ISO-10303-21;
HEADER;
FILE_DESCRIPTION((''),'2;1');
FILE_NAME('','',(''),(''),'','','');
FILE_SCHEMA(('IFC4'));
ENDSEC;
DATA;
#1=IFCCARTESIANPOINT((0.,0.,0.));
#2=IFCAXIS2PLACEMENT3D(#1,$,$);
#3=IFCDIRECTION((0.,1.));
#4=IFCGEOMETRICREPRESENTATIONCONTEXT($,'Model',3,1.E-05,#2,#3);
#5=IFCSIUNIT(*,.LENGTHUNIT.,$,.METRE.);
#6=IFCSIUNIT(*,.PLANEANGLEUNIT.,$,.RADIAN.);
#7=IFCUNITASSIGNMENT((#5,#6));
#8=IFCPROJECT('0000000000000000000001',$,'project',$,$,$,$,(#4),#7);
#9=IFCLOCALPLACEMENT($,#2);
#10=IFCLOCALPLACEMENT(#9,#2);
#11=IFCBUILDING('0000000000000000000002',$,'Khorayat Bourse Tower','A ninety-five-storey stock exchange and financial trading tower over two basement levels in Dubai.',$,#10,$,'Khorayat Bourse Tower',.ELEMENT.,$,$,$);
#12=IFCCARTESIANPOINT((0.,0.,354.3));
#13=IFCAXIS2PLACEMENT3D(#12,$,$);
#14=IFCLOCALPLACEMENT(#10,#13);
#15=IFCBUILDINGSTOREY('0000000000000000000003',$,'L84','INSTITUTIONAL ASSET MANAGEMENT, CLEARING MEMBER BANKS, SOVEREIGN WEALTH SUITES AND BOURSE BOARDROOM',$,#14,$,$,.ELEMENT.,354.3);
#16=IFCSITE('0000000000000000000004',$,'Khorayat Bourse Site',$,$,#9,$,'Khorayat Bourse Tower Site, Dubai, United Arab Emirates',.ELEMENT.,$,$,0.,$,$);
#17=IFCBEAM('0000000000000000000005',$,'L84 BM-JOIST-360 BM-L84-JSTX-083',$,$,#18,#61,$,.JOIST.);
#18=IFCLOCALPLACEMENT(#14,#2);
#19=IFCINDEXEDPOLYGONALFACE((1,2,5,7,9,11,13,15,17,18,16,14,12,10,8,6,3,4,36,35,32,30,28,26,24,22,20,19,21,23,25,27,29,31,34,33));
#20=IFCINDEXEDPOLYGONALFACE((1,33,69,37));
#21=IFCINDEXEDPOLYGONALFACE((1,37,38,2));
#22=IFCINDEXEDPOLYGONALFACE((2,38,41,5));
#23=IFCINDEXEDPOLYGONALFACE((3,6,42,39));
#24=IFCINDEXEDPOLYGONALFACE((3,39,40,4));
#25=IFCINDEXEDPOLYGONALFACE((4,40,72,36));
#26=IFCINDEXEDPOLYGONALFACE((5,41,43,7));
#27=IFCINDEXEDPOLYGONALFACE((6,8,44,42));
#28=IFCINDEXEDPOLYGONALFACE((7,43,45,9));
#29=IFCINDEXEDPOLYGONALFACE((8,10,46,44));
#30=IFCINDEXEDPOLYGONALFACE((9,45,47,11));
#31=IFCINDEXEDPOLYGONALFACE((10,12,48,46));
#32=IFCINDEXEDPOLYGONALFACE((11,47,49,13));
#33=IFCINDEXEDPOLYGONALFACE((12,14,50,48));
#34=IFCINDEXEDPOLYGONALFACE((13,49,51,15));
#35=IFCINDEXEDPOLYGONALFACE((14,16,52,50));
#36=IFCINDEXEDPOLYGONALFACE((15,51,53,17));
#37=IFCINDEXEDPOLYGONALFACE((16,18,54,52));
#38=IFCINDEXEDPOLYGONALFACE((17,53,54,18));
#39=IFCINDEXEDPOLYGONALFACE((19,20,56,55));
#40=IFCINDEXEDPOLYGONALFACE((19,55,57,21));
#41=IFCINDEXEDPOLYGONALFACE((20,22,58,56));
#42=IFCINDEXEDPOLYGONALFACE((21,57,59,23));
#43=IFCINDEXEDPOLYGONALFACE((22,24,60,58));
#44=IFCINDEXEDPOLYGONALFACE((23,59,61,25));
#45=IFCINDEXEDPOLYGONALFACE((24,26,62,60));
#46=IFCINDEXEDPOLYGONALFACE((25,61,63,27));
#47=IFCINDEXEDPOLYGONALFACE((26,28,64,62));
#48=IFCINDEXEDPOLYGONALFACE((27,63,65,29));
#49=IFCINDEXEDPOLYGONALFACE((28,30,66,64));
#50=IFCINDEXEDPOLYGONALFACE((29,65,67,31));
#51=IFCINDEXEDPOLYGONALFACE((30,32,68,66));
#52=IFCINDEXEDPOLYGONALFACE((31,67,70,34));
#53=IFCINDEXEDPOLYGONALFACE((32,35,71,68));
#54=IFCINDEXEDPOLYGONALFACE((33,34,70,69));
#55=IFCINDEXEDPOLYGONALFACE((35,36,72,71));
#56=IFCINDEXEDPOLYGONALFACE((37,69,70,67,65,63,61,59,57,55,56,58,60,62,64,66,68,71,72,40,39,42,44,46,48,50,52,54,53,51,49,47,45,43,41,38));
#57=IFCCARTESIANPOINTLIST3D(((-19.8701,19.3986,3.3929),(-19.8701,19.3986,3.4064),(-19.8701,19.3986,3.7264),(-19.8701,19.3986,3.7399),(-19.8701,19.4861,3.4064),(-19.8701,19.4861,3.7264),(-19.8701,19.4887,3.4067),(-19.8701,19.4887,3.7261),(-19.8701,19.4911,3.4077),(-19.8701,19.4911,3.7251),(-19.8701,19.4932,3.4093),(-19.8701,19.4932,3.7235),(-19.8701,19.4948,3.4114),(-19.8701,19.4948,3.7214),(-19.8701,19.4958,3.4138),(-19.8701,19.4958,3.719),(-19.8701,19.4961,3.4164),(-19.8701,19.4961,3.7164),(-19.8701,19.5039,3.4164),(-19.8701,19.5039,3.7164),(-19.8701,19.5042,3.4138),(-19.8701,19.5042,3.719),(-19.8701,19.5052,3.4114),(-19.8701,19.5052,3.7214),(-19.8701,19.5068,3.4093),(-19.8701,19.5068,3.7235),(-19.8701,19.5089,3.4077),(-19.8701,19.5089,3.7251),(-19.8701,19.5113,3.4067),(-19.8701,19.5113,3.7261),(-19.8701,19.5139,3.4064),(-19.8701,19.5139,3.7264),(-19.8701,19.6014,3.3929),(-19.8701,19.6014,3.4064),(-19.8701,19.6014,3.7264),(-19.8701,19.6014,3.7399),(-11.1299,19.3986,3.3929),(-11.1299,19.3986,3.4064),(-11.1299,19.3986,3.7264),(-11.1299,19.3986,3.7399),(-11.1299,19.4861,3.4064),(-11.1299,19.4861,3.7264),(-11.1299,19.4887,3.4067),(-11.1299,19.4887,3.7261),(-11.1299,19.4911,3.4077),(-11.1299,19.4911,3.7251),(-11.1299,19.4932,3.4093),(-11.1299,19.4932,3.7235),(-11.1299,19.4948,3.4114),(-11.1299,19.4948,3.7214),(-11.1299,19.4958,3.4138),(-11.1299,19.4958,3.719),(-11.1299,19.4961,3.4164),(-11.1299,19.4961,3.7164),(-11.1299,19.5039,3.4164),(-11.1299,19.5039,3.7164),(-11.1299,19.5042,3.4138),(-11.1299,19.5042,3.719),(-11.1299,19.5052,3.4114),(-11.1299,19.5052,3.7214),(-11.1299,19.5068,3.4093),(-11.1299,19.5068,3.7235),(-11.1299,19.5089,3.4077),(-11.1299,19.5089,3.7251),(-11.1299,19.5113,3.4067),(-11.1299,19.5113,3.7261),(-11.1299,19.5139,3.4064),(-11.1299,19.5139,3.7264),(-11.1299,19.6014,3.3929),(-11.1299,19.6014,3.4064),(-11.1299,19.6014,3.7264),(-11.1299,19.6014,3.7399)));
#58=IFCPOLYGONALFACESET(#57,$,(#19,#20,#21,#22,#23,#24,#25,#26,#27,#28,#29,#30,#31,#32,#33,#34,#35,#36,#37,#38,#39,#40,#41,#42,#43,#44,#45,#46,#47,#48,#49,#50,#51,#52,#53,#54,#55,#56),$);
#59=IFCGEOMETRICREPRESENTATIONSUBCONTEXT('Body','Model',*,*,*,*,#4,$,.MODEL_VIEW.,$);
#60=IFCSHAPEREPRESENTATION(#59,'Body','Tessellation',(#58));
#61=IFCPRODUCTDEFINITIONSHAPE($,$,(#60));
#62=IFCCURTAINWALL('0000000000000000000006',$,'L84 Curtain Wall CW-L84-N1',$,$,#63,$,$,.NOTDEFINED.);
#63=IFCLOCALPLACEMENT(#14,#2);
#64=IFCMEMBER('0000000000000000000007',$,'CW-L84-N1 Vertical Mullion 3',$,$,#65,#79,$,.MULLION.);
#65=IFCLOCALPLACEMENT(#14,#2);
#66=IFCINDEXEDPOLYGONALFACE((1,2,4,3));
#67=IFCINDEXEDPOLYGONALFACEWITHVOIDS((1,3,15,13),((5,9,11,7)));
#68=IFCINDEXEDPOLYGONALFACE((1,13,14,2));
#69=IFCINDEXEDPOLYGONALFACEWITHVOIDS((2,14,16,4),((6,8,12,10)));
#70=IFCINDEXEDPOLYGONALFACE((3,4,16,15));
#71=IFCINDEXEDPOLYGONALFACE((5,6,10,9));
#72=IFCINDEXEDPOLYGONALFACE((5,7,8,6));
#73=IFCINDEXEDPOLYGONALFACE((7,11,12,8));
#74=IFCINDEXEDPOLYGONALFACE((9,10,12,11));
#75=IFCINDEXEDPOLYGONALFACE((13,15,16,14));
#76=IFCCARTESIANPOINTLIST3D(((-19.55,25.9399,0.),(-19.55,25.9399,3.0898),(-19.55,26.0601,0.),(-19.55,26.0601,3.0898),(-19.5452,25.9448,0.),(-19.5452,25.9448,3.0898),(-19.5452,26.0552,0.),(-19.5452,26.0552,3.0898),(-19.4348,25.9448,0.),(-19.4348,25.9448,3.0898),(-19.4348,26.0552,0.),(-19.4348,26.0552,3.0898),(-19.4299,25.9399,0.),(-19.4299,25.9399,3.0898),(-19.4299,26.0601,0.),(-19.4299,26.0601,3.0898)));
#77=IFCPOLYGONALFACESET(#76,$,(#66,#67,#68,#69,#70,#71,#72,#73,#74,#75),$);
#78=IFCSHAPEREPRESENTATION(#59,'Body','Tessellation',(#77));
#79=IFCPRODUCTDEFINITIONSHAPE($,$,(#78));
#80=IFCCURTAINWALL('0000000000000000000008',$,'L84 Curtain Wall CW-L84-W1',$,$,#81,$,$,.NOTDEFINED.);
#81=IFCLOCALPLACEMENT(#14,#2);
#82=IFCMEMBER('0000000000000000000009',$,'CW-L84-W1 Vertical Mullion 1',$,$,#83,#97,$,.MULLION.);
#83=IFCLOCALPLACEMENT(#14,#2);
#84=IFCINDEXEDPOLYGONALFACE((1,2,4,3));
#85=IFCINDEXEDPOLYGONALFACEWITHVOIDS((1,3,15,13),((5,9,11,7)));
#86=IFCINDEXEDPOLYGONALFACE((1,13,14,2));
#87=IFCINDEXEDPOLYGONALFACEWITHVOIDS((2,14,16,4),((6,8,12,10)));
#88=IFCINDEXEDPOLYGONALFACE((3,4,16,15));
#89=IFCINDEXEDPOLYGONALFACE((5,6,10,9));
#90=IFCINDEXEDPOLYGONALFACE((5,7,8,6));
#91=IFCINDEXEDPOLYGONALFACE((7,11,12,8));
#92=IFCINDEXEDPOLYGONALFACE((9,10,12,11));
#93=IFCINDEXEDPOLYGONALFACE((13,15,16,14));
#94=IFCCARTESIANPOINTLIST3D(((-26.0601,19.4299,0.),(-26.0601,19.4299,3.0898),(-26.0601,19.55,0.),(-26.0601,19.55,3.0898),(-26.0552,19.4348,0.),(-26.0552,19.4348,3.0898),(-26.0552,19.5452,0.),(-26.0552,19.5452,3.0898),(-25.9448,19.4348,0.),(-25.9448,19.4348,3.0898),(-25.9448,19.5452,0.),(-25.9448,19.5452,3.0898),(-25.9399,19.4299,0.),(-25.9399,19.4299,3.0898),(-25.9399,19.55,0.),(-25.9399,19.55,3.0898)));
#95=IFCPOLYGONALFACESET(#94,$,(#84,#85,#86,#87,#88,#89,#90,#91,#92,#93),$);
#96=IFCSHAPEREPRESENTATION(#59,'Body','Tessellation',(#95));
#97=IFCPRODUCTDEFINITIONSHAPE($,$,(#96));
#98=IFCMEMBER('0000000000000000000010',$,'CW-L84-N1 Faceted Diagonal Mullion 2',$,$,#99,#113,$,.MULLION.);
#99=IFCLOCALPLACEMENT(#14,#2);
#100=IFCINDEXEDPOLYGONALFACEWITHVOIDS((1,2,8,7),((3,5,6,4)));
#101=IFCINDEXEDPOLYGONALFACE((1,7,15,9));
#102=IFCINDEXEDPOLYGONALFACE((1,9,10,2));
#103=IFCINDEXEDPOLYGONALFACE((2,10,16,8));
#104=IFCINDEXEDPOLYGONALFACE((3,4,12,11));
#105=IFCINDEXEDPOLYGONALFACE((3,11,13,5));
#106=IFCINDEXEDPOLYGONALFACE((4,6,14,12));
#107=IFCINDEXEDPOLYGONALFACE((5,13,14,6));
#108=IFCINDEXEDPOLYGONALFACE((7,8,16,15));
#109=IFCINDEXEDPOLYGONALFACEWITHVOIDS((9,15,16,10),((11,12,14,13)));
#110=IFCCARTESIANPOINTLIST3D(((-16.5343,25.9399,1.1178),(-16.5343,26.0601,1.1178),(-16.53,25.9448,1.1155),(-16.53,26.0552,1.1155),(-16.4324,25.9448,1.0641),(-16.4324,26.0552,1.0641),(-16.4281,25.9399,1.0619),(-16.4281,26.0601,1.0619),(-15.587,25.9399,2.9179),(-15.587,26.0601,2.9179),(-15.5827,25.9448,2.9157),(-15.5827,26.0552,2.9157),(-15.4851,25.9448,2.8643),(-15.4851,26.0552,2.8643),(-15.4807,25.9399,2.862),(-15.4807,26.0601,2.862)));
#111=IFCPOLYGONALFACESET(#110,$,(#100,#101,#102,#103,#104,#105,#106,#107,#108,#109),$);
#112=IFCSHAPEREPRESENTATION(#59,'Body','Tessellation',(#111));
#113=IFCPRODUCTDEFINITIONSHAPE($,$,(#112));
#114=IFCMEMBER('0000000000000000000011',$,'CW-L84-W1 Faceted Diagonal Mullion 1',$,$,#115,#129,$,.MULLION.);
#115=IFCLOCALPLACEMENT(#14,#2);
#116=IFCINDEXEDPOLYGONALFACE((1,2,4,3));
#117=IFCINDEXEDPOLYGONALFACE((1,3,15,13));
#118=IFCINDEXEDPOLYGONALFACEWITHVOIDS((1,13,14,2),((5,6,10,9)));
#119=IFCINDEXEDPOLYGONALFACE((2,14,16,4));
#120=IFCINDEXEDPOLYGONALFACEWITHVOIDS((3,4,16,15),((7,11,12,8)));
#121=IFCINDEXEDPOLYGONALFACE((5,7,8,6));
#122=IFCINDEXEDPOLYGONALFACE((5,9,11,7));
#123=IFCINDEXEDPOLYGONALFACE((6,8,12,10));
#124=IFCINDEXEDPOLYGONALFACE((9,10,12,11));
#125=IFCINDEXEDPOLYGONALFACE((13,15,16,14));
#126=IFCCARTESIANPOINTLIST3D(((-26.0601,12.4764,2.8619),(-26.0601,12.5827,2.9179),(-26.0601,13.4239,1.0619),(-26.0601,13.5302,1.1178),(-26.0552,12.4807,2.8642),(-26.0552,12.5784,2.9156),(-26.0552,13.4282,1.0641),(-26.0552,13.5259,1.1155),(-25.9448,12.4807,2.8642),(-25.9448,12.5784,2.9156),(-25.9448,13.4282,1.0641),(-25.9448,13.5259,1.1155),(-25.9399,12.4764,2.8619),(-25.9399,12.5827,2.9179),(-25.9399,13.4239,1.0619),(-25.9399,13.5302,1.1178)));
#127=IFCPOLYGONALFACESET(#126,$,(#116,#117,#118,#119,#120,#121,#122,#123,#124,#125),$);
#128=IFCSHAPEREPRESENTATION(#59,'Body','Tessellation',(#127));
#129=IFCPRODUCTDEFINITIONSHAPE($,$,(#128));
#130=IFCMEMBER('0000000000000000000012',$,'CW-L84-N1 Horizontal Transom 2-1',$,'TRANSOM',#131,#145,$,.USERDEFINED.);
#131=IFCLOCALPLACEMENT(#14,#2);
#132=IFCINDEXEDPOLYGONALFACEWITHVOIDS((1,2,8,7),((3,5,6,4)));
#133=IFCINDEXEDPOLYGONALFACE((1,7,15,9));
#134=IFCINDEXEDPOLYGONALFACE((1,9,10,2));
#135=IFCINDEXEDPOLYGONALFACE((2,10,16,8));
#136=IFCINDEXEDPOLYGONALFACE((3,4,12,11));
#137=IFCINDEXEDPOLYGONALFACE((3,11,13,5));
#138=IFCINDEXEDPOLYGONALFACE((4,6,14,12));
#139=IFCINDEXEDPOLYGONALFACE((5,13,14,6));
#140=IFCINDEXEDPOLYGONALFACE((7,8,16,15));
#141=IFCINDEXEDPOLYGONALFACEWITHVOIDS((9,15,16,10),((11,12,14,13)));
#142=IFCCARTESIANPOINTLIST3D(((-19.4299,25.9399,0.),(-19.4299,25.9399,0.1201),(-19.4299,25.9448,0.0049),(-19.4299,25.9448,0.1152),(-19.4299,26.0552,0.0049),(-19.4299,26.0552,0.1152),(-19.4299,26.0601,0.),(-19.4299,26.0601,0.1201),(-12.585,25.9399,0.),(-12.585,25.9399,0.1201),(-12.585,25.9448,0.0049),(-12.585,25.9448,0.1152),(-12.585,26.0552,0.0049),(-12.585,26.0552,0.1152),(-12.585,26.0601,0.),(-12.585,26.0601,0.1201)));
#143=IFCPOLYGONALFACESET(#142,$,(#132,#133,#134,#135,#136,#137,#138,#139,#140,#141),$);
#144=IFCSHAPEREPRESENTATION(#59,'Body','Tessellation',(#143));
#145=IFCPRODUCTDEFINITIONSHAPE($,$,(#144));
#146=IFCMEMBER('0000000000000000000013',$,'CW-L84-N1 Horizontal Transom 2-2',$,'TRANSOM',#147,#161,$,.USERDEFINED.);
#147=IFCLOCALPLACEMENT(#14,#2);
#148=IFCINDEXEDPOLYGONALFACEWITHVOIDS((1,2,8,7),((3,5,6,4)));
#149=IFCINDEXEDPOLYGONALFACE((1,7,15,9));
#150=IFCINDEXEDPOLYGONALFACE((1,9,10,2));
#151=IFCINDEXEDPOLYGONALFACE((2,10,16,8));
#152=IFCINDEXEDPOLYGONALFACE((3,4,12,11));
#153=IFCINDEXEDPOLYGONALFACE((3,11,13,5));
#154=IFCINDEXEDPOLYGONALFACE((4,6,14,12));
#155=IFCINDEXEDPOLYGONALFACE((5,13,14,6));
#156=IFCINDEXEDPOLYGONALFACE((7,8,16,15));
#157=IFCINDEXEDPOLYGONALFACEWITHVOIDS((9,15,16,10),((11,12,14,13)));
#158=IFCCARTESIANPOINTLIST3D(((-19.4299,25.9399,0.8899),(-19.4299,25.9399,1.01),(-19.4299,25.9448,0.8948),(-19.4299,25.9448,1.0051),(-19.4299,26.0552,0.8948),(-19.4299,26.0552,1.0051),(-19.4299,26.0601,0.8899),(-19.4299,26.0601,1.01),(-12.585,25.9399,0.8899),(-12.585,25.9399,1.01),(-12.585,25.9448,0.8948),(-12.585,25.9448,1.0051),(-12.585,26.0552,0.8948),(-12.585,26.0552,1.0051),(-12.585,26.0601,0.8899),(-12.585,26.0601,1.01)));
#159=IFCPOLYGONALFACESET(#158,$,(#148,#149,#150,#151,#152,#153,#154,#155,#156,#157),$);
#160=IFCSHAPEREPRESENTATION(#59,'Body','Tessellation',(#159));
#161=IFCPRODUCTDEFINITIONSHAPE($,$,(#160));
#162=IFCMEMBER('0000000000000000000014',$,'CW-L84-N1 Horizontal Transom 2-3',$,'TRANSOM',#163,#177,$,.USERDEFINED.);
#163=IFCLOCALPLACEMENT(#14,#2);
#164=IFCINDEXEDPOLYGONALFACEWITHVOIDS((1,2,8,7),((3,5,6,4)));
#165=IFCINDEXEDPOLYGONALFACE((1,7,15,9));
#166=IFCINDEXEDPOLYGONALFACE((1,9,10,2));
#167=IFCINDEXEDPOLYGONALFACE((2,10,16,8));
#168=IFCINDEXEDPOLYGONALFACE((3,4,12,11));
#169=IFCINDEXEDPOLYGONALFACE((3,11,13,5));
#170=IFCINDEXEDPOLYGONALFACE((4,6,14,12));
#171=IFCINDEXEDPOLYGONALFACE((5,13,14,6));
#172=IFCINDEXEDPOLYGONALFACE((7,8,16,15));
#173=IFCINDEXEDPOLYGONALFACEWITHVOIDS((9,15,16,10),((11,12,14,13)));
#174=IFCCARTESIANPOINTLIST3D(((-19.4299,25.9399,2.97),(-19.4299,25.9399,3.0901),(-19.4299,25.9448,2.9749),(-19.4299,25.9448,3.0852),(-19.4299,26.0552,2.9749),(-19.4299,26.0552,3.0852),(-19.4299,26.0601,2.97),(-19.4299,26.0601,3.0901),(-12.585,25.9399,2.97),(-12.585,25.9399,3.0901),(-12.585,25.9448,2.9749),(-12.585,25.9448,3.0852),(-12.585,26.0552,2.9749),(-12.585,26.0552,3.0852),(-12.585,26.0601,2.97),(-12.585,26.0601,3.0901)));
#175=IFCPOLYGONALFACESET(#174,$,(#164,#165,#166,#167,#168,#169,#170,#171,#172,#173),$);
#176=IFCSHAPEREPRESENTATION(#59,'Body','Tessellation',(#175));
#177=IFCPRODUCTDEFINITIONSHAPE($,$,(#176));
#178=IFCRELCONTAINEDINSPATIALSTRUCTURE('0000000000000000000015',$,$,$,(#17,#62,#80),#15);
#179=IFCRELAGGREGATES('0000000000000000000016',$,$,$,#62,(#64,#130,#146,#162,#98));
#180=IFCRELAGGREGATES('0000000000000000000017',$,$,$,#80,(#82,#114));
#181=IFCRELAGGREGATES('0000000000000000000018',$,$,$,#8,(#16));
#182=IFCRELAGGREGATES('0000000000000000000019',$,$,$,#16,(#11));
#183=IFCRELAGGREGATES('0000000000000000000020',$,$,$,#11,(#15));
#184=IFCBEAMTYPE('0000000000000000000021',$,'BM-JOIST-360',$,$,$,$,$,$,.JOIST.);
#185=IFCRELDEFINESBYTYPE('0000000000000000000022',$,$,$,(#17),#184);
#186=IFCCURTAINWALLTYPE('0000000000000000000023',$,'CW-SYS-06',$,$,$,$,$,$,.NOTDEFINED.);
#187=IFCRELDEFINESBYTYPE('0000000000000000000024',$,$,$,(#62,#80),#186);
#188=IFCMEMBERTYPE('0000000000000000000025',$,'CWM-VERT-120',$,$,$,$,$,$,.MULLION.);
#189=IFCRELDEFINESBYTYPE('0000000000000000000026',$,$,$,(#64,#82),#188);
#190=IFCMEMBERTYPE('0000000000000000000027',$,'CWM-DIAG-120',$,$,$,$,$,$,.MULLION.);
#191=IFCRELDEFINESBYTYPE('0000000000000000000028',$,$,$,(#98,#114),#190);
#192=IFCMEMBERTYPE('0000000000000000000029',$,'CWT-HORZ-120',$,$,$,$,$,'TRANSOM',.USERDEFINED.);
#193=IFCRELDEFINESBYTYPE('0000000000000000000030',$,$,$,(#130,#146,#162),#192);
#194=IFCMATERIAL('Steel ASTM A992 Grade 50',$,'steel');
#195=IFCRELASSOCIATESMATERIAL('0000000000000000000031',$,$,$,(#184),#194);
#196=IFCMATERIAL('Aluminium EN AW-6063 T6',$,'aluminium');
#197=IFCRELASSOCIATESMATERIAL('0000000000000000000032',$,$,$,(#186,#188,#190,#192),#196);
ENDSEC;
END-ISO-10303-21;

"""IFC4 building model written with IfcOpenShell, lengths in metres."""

from ifc_helpers import new_model, si_unit, direction, frame, origin, origin_2d, place, context, subcontext, project, spatial, hollow_rectangle, i_section, extrude, source, transform, mapped, material, material_profile, profile_set, type_object, element, aggregate, save


model = new_model("IFC4")

# Units and contexts
model_context = context("Model", 3, precision=1e-05, world=origin(), true_north=direction((0.0, 1.0)))
body_context = subcontext(model_context, "Body", "Model", "MODEL_VIEW")
ifc_project = project(units=[si_unit("LENGTHUNIT", "METRE"), si_unit("PLANEANGLEUNIT", "RADIAN")], contexts=[model_context])

# Site, building, storey
site_placement = place(None, origin())
site = spatial("IfcSite", under=ifc_project, at=site_placement, Name="Khorayat Bourse Site", LongName="Khorayat Bourse Tower Site, Dubai, United Arab Emirates", CompositionType="ELEMENT", RefElevation=0.0)
building_placement = place(site_placement, origin())
building = spatial("IfcBuilding", under=site, at=building_placement, Name="Khorayat Bourse Tower", Description="A ninety-five-storey stock exchange and financial trading tower over two basement levels in Dubai.", LongName="Khorayat Bourse Tower", CompositionType="ELEMENT")
storey_placement = place(building_placement, frame((0.0, 0.0, 354.3)))
storey = spatial("IfcBuildingStorey", under=building, at=storey_placement, Name="L84", Description="INSTITUTIONAL ASSET MANAGEMENT, CLEARING MEMBER BANKS, SOVEREIGN WEALTH SUITES AND BOURSE BOARDROOM", CompositionType="ELEMENT", Elevation=354.3)

# Beam
ifc_material_1 = material(Name="Steel ASTM A992 Grade 50", Category="steel")
ifc_material_profile_1 = material_profile(ifc_material_1, i_section(OverallWidth=0.2029, OverallDepth=0.3469, WebThickness=0.0078, FlangeThickness=0.0134, FilletRadius=0.01, at=origin_2d()), Name="W360X64")
ifc_profile_set_1 = profile_set([ifc_material_profile_1], Name="Steel ASTM A992 Grade 50")
beam_type_1 = type_object("IfcBeamType", Name="BM-JOIST-360", PredefinedType="JOIST", material=ifc_profile_set_1)
shared_shape_1 = source(origin(), body_context, "Body", "SweptSolid", [
    extrude(i_section(OverallWidth=0.2029, OverallDepth=0.3469, WebThickness=0.0078, FlangeThickness=0.0134, FilletRadius=0.01, at=origin_2d()), origin(), (0.0, 0.0, 1.0), 8.7402),
])
beam_1_placement = place(storey_placement, frame((-19.8701, 19.5, 3.5664), z_axis=(1.0, 0.0, 0.0), x_axis=(0.0, 1.0, 0.0)))
element("IfcBeam", 1, at=beam_1_placement, inside=storey, type_object=beam_type_1, Name="L84 BM-JOIST-360 BM-L84-JSTX-083", PredefinedType="JOIST", context=body_context, shape_type="MappedRepresentation", body=[
    mapped(shared_shape_1, transform((0.0, 0.0, 0.0), scale=1.0)),
])

# Curtain walls, members
ifc_material_2 = material(Name="Aluminium EN AW-6063 T6", Category="aluminium")
curtain_wall_type = type_object("IfcCurtainWallType", Name="CW-SYS-06", PredefinedType="NOTDEFINED", material=ifc_material_2)
curtain_wall_1_placement = place(storey_placement, origin())
curtain_wall_1 = element("IfcCurtainWall", 2, at=curtain_wall_1_placement, inside=storey, type_object=curtain_wall_type, Name="L84 Curtain Wall CW-L84-N1", PredefinedType="NOTDEFINED")
ifc_material_profile_2 = material_profile(ifc_material_2, hollow_rectangle(XDim=0.1201, YDim=0.1201, WallThickness=0.0049, at=origin_2d()), Name="ALU 120x120x5")
ifc_profile_set_2 = profile_set([ifc_material_profile_2], Name="Aluminium EN AW-6063 T6")
member_type_1 = type_object("IfcMemberType", Name="CWM-VERT-120", PredefinedType="MULLION", material=ifc_profile_set_2)
shared_shape_2 = source(origin(), body_context, "Body", "SweptSolid", [
    extrude(hollow_rectangle(XDim=0.1201, YDim=0.1201, WallThickness=0.0049, at=origin_2d()), origin(), (0.0, 0.0, 1.0), 3.0898),
])
member_1_placement = place(storey_placement, frame((-19.49, 26.0, 0.0), z_axis=(0.0, 0.0, 1.0), x_axis=(0.0, -1.0, 0.0)))
member_1 = element("IfcMember", 3, at=member_1_placement, type_object=member_type_1, Name="CW-L84-N1 Vertical Mullion 3", PredefinedType="MULLION", context=body_context, shape_type="MappedRepresentation", body=[
    mapped(shared_shape_2, transform((0.0, 0.0, 0.0), scale=1.0)),
])
curtain_wall_2_placement = place(storey_placement, origin())
curtain_wall_2 = element("IfcCurtainWall", 4, at=curtain_wall_2_placement, inside=storey, type_object=curtain_wall_type, Name="L84 Curtain Wall CW-L84-W1", PredefinedType="NOTDEFINED")
member_2_placement = place(storey_placement, frame((-26.0, 19.49, 0.0), z_axis=(0.0, 0.0, 1.0), x_axis=(1.0, 0.0, 0.0)))
member_2 = element("IfcMember", 5, at=member_2_placement, type_object=member_type_1, Name="CW-L84-W1 Vertical Mullion 1", PredefinedType="MULLION", context=body_context, shape_type="MappedRepresentation", body=[
    mapped(shared_shape_2, transform((0.0, 0.0, 0.0), scale=1.0)),
])

# Members
ifc_material_profile_3 = material_profile(ifc_material_2, hollow_rectangle(XDim=0.1201, YDim=0.1201, WallThickness=0.0049, at=origin_2d()), Name="ALU 120x120x5")
ifc_profile_set_3 = profile_set([ifc_material_profile_3], Name="Aluminium EN AW-6063 T6")
member_type_2 = type_object("IfcMemberType", Name="CWM-DIAG-120", PredefinedType="MULLION", material=ifc_profile_set_3)
shared_shape_3 = source(origin(), body_context, "Body", "SweptSolid", [
    extrude(hollow_rectangle(XDim=0.1201, YDim=0.1201, WallThickness=0.0049, at=origin_2d()), origin(), (0.0, 0.0, 1.0), 2.0342),
])
member_3_placement = place(storey_placement, frame((-16.4812, 26.0, 1.0898), z_axis=(0.465697, 0.0, 0.884944), x_axis=(0.0, 1.0, 0.0)))
member_3 = element("IfcMember", 6, at=member_3_placement, type_object=member_type_2, Name="CW-L84-N1 Faceted Diagonal Mullion 2", PredefinedType="MULLION", context=body_context, shape_type="MappedRepresentation", body=[
    mapped(shared_shape_3, transform((0.0, 0.0, 0.0), scale=1.0)),
])
member_4_placement = place(storey_placement, frame((-26.0, 13.4771, 1.0898), z_axis=(0.0, -0.465791, 0.884895), x_axis=(1.0, 0.0, 0.0)))
member_4 = element("IfcMember", 7, at=member_4_placement, type_object=member_type_2, Name="CW-L84-W1 Faceted Diagonal Mullion 1", PredefinedType="MULLION", context=body_context, shape_type="MappedRepresentation", body=[
    mapped(shared_shape_3, transform((0.0, 0.0, 0.0), scale=1.0)),
])
ifc_material_profile_4 = material_profile(ifc_material_2, hollow_rectangle(XDim=0.1201, YDim=0.1201, WallThickness=0.0049, at=origin_2d()), Name="ALU 120x120x5")
ifc_profile_set_4 = profile_set([ifc_material_profile_4], Name="Aluminium EN AW-6063 T6")
member_type_3 = type_object("IfcMemberType", Name="CWT-HORZ-120", ElementType="TRANSOM", PredefinedType="USERDEFINED", material=ifc_profile_set_4)
shared_shape_4 = source(origin(), body_context, "Body", "SweptSolid", [
    extrude(hollow_rectangle(XDim=0.1201, YDim=0.1201, WallThickness=0.0049, at=origin_2d()), origin(), (0.0, 0.0, 1.0), 6.845),
])
member_5_placement = place(storey_placement, frame((-12.585, 26.0, 0.0601), z_axis=(-1.0, 0.0, 0.0), x_axis=(0.0, -1.0, 0.0)))
member_5 = element("IfcMember", 8, at=member_5_placement, type_object=member_type_3, Name="CW-L84-N1 Horizontal Transom 2-1", ObjectType="TRANSOM", PredefinedType="USERDEFINED", context=body_context, shape_type="MappedRepresentation", body=[
    mapped(shared_shape_4, transform((0.0, 0.0, 0.0), scale=1.0)),
])
member_6_placement = place(storey_placement, frame((-12.585, 26.0, 0.95), z_axis=(-1.0, 0.0, 0.0), x_axis=(0.0, -1.0, 0.0)))
member_6 = element("IfcMember", 9, at=member_6_placement, type_object=member_type_3, Name="CW-L84-N1 Horizontal Transom 2-2", ObjectType="TRANSOM", PredefinedType="USERDEFINED", context=body_context, shape_type="MappedRepresentation", body=[
    mapped(shared_shape_4, transform((0.0, 0.0, 0.0), scale=1.0)),
])
member_7_placement = place(storey_placement, frame((-12.585, 26.0, 3.03), z_axis=(-1.0, 0.0, 0.0), x_axis=(0.0, -1.0, 0.0)))
member_7 = element("IfcMember", 10, at=member_7_placement, type_object=member_type_3, Name="CW-L84-N1 Horizontal Transom 2-3", ObjectType="TRANSOM", PredefinedType="USERDEFINED", context=body_context, shape_type="MappedRepresentation", body=[
    mapped(shared_shape_4, transform((0.0, 0.0, 0.0), scale=1.0)),
])

aggregate(curtain_wall_1, [member_1, member_5, member_6, member_7, member_3])
aggregate(curtain_wall_2, [member_2, member_4])

save(model, "model.ifc")
